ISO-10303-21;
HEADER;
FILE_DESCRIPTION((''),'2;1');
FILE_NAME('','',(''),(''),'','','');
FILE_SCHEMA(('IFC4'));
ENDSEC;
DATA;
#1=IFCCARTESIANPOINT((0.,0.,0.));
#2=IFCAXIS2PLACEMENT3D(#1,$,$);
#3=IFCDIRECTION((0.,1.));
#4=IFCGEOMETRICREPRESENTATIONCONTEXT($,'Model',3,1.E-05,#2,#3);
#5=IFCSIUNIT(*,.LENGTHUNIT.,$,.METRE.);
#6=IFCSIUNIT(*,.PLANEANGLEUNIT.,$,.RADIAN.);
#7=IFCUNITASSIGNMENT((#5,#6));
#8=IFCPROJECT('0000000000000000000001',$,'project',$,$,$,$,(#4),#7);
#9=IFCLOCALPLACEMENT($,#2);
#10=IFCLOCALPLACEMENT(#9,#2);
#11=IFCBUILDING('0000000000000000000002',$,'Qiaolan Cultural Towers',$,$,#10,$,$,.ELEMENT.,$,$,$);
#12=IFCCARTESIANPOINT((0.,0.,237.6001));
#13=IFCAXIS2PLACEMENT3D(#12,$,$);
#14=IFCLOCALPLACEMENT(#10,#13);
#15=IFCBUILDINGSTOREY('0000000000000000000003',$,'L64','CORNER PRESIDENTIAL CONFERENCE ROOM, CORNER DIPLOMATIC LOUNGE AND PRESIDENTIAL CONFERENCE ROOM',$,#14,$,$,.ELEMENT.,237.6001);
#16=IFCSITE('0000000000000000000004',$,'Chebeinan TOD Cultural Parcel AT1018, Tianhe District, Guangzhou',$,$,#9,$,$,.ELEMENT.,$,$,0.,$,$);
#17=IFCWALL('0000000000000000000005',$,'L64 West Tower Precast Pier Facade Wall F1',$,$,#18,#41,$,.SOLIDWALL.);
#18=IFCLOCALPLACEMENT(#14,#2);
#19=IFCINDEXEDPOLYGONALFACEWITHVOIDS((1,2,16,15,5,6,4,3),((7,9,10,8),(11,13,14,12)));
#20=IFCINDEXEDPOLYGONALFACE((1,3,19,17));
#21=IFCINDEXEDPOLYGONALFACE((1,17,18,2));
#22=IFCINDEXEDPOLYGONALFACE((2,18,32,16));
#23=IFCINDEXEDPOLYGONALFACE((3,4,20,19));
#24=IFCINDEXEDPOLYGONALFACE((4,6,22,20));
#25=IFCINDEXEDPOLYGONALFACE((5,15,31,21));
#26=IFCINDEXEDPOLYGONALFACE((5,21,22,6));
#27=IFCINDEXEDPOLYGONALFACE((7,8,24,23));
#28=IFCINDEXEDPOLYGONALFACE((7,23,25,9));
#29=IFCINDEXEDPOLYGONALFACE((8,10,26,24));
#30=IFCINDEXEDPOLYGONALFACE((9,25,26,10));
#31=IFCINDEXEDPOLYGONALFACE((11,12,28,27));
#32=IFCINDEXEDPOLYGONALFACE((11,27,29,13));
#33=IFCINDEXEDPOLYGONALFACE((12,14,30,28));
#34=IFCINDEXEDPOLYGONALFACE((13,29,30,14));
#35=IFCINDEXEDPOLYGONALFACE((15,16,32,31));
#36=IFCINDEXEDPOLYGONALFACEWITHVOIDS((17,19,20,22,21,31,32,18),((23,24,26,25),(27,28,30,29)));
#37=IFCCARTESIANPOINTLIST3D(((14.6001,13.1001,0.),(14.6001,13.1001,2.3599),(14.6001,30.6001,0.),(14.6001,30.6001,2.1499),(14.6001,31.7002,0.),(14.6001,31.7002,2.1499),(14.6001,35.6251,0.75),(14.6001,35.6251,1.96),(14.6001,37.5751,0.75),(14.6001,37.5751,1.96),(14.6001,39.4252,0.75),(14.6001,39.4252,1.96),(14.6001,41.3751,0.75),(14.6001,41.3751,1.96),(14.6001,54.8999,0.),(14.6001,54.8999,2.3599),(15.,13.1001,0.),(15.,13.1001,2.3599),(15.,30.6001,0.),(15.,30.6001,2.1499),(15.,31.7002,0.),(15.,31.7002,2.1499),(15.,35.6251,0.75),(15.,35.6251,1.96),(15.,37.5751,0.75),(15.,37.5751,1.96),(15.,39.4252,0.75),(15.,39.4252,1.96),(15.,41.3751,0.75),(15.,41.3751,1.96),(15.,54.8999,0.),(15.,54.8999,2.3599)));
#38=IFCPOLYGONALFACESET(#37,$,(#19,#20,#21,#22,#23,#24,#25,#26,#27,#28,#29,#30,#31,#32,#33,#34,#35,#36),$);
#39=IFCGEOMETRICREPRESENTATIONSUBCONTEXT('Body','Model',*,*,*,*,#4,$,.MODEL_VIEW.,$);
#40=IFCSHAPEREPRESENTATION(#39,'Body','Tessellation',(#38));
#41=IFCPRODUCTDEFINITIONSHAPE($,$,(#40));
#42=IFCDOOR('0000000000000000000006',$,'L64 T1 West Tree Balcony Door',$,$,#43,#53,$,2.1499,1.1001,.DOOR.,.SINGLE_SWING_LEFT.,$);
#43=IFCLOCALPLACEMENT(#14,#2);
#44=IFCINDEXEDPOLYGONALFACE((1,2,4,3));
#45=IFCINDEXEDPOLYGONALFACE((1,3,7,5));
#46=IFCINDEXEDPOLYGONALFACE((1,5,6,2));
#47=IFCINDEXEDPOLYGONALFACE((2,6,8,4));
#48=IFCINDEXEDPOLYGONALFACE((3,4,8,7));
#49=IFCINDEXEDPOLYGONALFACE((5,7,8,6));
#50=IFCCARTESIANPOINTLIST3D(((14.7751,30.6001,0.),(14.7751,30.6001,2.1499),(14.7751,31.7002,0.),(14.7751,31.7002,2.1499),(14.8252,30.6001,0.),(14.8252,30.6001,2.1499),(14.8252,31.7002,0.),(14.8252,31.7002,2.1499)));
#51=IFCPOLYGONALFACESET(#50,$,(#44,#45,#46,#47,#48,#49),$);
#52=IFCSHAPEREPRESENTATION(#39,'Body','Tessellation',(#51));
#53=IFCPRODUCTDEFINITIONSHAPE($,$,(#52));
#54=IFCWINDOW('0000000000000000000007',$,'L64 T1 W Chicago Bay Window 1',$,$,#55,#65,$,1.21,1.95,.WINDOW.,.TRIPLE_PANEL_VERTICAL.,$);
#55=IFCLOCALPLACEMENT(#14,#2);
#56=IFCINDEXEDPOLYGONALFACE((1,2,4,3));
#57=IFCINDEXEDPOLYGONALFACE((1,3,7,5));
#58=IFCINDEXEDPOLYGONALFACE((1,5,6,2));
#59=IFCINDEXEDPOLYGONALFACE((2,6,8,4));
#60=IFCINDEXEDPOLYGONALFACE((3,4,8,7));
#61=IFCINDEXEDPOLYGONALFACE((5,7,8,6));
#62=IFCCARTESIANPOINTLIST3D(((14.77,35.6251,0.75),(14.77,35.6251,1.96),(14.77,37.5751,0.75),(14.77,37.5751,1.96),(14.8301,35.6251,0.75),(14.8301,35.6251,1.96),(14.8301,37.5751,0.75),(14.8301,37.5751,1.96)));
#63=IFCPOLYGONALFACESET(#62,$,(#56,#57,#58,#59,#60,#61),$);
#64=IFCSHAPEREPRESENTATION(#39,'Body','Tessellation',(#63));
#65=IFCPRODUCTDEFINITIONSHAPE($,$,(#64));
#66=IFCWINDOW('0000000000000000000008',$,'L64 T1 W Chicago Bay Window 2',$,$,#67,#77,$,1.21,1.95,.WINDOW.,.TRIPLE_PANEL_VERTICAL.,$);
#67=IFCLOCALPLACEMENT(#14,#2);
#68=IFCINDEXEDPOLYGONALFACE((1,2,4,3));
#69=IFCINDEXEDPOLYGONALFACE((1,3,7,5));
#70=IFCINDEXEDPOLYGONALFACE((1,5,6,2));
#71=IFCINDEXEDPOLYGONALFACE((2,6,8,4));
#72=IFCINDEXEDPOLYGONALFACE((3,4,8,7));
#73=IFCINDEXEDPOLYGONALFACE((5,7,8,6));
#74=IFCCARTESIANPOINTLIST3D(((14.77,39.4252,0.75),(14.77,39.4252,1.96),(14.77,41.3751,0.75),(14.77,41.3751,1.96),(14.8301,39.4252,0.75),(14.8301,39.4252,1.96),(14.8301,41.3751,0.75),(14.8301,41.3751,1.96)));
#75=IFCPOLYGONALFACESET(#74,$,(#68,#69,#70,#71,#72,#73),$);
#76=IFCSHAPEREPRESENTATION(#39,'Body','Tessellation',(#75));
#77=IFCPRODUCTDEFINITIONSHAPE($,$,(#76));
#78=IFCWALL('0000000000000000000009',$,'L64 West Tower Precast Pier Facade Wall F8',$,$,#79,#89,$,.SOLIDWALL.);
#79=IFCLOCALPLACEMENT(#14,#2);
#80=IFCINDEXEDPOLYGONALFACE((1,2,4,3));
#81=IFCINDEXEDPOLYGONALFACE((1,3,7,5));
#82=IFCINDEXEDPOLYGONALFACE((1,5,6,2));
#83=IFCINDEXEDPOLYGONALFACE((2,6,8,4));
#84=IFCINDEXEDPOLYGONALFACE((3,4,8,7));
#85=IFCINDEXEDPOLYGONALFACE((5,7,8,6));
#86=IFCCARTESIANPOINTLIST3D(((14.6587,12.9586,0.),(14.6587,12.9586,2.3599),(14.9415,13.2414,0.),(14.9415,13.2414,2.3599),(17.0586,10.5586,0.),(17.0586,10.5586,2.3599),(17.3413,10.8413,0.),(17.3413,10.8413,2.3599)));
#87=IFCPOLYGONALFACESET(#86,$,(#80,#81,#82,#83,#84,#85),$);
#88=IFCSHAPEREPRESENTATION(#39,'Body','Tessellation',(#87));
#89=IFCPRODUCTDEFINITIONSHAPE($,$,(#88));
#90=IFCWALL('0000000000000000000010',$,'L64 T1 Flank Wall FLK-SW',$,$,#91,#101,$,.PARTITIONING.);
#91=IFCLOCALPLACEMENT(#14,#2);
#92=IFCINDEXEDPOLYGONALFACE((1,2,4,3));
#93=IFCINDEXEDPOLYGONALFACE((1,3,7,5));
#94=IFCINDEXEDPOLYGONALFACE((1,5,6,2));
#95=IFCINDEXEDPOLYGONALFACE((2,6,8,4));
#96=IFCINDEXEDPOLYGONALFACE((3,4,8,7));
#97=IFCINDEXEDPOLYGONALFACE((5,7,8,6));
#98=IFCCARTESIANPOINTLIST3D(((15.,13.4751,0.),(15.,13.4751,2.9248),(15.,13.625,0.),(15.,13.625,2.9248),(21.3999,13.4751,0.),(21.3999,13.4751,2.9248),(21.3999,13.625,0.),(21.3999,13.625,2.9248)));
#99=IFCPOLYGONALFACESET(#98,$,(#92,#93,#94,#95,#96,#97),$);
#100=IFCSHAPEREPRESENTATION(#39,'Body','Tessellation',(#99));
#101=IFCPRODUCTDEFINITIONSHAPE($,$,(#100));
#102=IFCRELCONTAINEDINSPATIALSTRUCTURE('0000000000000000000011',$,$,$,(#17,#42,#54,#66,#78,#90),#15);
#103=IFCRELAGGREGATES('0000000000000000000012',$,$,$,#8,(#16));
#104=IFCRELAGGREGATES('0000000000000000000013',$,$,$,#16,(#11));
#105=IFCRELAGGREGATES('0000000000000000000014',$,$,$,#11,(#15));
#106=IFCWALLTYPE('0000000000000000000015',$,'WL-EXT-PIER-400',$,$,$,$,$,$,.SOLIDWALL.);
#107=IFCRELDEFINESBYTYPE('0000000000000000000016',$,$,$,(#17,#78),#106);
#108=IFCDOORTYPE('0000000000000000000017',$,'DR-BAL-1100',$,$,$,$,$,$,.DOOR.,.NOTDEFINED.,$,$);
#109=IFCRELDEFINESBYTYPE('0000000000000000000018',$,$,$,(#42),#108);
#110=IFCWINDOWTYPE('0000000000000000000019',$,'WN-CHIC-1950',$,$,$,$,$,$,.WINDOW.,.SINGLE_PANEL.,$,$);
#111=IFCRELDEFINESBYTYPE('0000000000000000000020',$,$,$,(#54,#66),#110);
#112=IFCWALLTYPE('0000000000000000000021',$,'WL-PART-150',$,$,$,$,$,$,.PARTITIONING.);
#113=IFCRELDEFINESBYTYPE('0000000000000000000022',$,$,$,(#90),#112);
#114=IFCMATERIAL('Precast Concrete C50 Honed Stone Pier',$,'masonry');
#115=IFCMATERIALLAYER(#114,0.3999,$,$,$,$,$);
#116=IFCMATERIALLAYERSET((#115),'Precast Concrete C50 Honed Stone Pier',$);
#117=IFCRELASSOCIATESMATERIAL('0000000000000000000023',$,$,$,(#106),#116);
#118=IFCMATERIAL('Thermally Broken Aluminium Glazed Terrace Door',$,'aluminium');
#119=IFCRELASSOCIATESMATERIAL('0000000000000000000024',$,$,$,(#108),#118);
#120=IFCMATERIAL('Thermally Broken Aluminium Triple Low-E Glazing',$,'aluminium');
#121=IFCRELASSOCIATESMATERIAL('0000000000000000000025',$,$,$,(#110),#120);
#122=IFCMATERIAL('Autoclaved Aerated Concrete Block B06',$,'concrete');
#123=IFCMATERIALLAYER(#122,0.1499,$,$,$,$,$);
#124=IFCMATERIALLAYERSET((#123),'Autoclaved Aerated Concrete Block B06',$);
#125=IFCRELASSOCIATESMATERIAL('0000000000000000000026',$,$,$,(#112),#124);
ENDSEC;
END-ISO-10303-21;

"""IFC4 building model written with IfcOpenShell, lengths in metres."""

from ifc_helpers import new_model, si_unit, direction, frame, frame_2d, origin, place, context, subcontext, project, spatial, rectangle, extrude, material, layer, layer_set, type_object, element, fill, save


model = new_model("IFC4")

# Units and contexts
model_context = context("Model", 3, precision=1e-05, world=origin(), true_north=direction((0.0, 1.0)))
body_context = subcontext(model_context, "Body", "Model", "MODEL_VIEW")
ifc_project = project(units=[si_unit("LENGTHUNIT", "METRE"), si_unit("PLANEANGLEUNIT", "RADIAN")], contexts=[model_context])

# Site, building, storey
site_placement = place(None, origin())
site = spatial("IfcSite", under=ifc_project, at=site_placement, Name="Chebeinan TOD Cultural Parcel AT1018, Tianhe District, Guangzhou", CompositionType="ELEMENT", RefElevation=0.0)
building_placement = place(site_placement, origin())
building = spatial("IfcBuilding", under=site, at=building_placement, Name="Qiaolan Cultural Towers", CompositionType="ELEMENT")
storey_placement = place(building_placement, frame((0.0, 0.0, 237.6001)))
storey = spatial("IfcBuildingStorey", under=building, at=storey_placement, Name="L64", Description="CORNER PRESIDENTIAL CONFERENCE ROOM, CORNER DIPLOMATIC LOUNGE AND PRESIDENTIAL CONFERENCE ROOM", CompositionType="ELEMENT", Elevation=237.6001)

# Wall, openings, door, windows
ifc_material_1 = material(Name="Precast Concrete C50 Honed Stone Pier", Category="masonry")
ifc_layer_1 = layer(ifc_material_1, 0.3999)
ifc_layer_set_1 = layer_set([ifc_layer_1], Name="Precast Concrete C50 Honed Stone Pier")
wall_type_1 = type_object("IfcWallType", Name="WL-EXT-PIER-400", PredefinedType="SOLIDWALL", material=ifc_layer_set_1)
wall_1_placement = place(storey_placement, frame((14.8, 13.1001, 0.0), z_axis=(0.0, 0.0, 1.0), x_axis=(0.0, 1.0, 0.0)))
wall_1 = element("IfcWall", 1, at=wall_1_placement, inside=storey, type_object=wall_type_1, Name="L64 West Tower Precast Pier Facade Wall F1", PredefinedType="SOLIDWALL", context=body_context, shape_type="SweptSolid", body=[
    extrude(rectangle(XDim=41.7998, YDim=0.3999, at=frame_2d((20.8999, 0.0))), origin(), (0.0, 0.0, 1.0), 2.3599),
])
opening_1_placement = place(wall_1_placement, frame((22.5249, 0.0, 0.75)))
opening_1 = element("IfcOpeningElement", 2, at=opening_1_placement, cuts=wall_1, PredefinedType="OPENING", context=body_context, shape_type="SweptSolid", body=[
    extrude(rectangle(XDim=1.95, YDim=1.21, at=frame_2d((0.9751, 0.605))), frame((0.0, 0.21, 0.0), z_axis=(0.0, -1.0, 0.0), x_axis=(1.0, 0.0, 0.0)), (0.0, 0.0, 1.0), 0.4199),
])
opening_2_placement = place(wall_1_placement, frame((26.325, 0.0, 0.75)))
opening_2 = element("IfcOpeningElement", 3, at=opening_2_placement, cuts=wall_1, PredefinedType="OPENING", context=body_context, shape_type="SweptSolid", body=[
    extrude(rectangle(XDim=1.95, YDim=1.21, at=frame_2d((0.9751, 0.605))), frame((0.0, 0.21, 0.0), z_axis=(0.0, -1.0, 0.0), x_axis=(1.0, 0.0, 0.0)), (0.0, 0.0, 1.0), 0.4199),
])
opening_3_placement = place(wall_1_placement, frame((17.5, 0.0, 0.0)))
opening_3 = element("IfcOpeningElement", 4, at=opening_3_placement, cuts=wall_1, PredefinedType="OPENING", context=body_context, shape_type="SweptSolid", body=[
    extrude(rectangle(XDim=1.1001, YDim=2.1499, at=frame_2d((0.55, 1.075))), frame((0.0, 0.21, 0.0), z_axis=(0.0, -1.0, 0.0), x_axis=(1.0, 0.0, 0.0)), (0.0, 0.0, 1.0), 0.4199),
])
ifc_material_2 = material(Name="Thermally Broken Aluminium Glazed Terrace Door", Category="aluminium")
door_type = type_object("IfcDoorType", Name="DR-BAL-1100", OperationType="NOTDEFINED", PredefinedType="DOOR", material=ifc_material_2)
door_placement = place(opening_3_placement, origin())
door = element("IfcDoor", 5, at=door_placement, inside=storey, type_object=door_type, Name="L64 T1 West Tree Balcony Door", OperationType="SINGLE_SWING_LEFT", OverallHeight=2.1499, OverallWidth=1.1001, PredefinedType="DOOR", context=body_context, shape_type="SweptSolid", body=[
    extrude(rectangle(XDim=1.1001, YDim=2.1499, at=frame_2d((0.55, 1.075))), frame((0.0, 0.0249, 0.0), z_axis=(0.0, -1.0, 0.0), x_axis=(1.0, 0.0, 0.0)), (0.0, 0.0, 1.0), 0.05),
])
fill(opening_3, door)
ifc_material_3 = material(Name="Thermally Broken Aluminium Triple Low-E Glazing", Category="aluminium")
window_type = type_object("IfcWindowType", Name="WN-CHIC-1950", PartitioningType="SINGLE_PANEL", PredefinedType="WINDOW", material=ifc_material_3)
window_1_placement = place(opening_1_placement, origin())
window_1 = element("IfcWindow", 6, at=window_1_placement, inside=storey, type_object=window_type, Name="L64 T1 W Chicago Bay Window 1", OverallHeight=1.21, OverallWidth=1.95, PartitioningType="TRIPLE_PANEL_VERTICAL", PredefinedType="WINDOW", context=body_context, shape_type="SweptSolid", body=[
    extrude(rectangle(XDim=1.95, YDim=1.21, at=frame_2d((0.9751, 0.605))), frame((0.0, 0.03, 0.0), z_axis=(0.0, -1.0, 0.0), x_axis=(1.0, 0.0, 0.0)), (0.0, 0.0, 1.0), 0.0601),
])
fill(opening_1, window_1)
window_2_placement = place(opening_2_placement, origin())
window_2 = element("IfcWindow", 7, at=window_2_placement, inside=storey, type_object=window_type, Name="L64 T1 W Chicago Bay Window 2", OverallHeight=1.21, OverallWidth=1.95, PartitioningType="TRIPLE_PANEL_VERTICAL", PredefinedType="WINDOW", context=body_context, shape_type="SweptSolid", body=[
    extrude(rectangle(XDim=1.95, YDim=1.21, at=frame_2d((0.9751, 0.605))), frame((0.0, 0.03, 0.0), z_axis=(0.0, -1.0, 0.0), x_axis=(1.0, 0.0, 0.0)), (0.0, 0.0, 1.0), 0.0601),
])
fill(opening_2, window_2)

# Walls
wall_2_placement = place(storey_placement, frame((17.2, 10.7, 0.0), z_axis=(0.0, 0.0, 1.0), x_axis=(-0.707071, 0.707143, 0.0)))
element("IfcWall", 8, at=wall_2_placement, inside=storey, type_object=wall_type_1, Name="L64 West Tower Precast Pier Facade Wall F8", PredefinedType="SOLIDWALL", context=body_context, shape_type="SweptSolid", body=[
    extrude(rectangle(XDim=3.394, YDim=0.3999, at=frame_2d((1.697, 0.0))), origin(), (0.0, 0.0, 1.0), 2.3599),
])
ifc_material_4 = material(Name="Autoclaved Aerated Concrete Block B06", Category="concrete")
ifc_layer_2 = layer(ifc_material_4, 0.1499)
ifc_layer_set_2 = layer_set([ifc_layer_2], Name="Autoclaved Aerated Concrete Block B06")
wall_type_2 = type_object("IfcWallType", Name="WL-PART-150", PredefinedType="PARTITIONING", material=ifc_layer_set_2)
wall_3_placement = place(storey_placement, frame((15.0, 13.55, 0.0), z_axis=(0.0, 0.0, 1.0), x_axis=(1.0, 0.0, 0.0)))
element("IfcWall", 9, at=wall_3_placement, inside=storey, type_object=wall_type_2, Name="L64 T1 Flank Wall FLK-SW", PredefinedType="PARTITIONING", context=body_context, shape_type="SweptSolid", body=[
    extrude(rectangle(XDim=6.3999, YDim=0.1499, at=frame_2d((3.2, 0.0))), origin(), (0.0, 0.0, 1.0), 2.9248),
])

save(model, "model.ifc")
